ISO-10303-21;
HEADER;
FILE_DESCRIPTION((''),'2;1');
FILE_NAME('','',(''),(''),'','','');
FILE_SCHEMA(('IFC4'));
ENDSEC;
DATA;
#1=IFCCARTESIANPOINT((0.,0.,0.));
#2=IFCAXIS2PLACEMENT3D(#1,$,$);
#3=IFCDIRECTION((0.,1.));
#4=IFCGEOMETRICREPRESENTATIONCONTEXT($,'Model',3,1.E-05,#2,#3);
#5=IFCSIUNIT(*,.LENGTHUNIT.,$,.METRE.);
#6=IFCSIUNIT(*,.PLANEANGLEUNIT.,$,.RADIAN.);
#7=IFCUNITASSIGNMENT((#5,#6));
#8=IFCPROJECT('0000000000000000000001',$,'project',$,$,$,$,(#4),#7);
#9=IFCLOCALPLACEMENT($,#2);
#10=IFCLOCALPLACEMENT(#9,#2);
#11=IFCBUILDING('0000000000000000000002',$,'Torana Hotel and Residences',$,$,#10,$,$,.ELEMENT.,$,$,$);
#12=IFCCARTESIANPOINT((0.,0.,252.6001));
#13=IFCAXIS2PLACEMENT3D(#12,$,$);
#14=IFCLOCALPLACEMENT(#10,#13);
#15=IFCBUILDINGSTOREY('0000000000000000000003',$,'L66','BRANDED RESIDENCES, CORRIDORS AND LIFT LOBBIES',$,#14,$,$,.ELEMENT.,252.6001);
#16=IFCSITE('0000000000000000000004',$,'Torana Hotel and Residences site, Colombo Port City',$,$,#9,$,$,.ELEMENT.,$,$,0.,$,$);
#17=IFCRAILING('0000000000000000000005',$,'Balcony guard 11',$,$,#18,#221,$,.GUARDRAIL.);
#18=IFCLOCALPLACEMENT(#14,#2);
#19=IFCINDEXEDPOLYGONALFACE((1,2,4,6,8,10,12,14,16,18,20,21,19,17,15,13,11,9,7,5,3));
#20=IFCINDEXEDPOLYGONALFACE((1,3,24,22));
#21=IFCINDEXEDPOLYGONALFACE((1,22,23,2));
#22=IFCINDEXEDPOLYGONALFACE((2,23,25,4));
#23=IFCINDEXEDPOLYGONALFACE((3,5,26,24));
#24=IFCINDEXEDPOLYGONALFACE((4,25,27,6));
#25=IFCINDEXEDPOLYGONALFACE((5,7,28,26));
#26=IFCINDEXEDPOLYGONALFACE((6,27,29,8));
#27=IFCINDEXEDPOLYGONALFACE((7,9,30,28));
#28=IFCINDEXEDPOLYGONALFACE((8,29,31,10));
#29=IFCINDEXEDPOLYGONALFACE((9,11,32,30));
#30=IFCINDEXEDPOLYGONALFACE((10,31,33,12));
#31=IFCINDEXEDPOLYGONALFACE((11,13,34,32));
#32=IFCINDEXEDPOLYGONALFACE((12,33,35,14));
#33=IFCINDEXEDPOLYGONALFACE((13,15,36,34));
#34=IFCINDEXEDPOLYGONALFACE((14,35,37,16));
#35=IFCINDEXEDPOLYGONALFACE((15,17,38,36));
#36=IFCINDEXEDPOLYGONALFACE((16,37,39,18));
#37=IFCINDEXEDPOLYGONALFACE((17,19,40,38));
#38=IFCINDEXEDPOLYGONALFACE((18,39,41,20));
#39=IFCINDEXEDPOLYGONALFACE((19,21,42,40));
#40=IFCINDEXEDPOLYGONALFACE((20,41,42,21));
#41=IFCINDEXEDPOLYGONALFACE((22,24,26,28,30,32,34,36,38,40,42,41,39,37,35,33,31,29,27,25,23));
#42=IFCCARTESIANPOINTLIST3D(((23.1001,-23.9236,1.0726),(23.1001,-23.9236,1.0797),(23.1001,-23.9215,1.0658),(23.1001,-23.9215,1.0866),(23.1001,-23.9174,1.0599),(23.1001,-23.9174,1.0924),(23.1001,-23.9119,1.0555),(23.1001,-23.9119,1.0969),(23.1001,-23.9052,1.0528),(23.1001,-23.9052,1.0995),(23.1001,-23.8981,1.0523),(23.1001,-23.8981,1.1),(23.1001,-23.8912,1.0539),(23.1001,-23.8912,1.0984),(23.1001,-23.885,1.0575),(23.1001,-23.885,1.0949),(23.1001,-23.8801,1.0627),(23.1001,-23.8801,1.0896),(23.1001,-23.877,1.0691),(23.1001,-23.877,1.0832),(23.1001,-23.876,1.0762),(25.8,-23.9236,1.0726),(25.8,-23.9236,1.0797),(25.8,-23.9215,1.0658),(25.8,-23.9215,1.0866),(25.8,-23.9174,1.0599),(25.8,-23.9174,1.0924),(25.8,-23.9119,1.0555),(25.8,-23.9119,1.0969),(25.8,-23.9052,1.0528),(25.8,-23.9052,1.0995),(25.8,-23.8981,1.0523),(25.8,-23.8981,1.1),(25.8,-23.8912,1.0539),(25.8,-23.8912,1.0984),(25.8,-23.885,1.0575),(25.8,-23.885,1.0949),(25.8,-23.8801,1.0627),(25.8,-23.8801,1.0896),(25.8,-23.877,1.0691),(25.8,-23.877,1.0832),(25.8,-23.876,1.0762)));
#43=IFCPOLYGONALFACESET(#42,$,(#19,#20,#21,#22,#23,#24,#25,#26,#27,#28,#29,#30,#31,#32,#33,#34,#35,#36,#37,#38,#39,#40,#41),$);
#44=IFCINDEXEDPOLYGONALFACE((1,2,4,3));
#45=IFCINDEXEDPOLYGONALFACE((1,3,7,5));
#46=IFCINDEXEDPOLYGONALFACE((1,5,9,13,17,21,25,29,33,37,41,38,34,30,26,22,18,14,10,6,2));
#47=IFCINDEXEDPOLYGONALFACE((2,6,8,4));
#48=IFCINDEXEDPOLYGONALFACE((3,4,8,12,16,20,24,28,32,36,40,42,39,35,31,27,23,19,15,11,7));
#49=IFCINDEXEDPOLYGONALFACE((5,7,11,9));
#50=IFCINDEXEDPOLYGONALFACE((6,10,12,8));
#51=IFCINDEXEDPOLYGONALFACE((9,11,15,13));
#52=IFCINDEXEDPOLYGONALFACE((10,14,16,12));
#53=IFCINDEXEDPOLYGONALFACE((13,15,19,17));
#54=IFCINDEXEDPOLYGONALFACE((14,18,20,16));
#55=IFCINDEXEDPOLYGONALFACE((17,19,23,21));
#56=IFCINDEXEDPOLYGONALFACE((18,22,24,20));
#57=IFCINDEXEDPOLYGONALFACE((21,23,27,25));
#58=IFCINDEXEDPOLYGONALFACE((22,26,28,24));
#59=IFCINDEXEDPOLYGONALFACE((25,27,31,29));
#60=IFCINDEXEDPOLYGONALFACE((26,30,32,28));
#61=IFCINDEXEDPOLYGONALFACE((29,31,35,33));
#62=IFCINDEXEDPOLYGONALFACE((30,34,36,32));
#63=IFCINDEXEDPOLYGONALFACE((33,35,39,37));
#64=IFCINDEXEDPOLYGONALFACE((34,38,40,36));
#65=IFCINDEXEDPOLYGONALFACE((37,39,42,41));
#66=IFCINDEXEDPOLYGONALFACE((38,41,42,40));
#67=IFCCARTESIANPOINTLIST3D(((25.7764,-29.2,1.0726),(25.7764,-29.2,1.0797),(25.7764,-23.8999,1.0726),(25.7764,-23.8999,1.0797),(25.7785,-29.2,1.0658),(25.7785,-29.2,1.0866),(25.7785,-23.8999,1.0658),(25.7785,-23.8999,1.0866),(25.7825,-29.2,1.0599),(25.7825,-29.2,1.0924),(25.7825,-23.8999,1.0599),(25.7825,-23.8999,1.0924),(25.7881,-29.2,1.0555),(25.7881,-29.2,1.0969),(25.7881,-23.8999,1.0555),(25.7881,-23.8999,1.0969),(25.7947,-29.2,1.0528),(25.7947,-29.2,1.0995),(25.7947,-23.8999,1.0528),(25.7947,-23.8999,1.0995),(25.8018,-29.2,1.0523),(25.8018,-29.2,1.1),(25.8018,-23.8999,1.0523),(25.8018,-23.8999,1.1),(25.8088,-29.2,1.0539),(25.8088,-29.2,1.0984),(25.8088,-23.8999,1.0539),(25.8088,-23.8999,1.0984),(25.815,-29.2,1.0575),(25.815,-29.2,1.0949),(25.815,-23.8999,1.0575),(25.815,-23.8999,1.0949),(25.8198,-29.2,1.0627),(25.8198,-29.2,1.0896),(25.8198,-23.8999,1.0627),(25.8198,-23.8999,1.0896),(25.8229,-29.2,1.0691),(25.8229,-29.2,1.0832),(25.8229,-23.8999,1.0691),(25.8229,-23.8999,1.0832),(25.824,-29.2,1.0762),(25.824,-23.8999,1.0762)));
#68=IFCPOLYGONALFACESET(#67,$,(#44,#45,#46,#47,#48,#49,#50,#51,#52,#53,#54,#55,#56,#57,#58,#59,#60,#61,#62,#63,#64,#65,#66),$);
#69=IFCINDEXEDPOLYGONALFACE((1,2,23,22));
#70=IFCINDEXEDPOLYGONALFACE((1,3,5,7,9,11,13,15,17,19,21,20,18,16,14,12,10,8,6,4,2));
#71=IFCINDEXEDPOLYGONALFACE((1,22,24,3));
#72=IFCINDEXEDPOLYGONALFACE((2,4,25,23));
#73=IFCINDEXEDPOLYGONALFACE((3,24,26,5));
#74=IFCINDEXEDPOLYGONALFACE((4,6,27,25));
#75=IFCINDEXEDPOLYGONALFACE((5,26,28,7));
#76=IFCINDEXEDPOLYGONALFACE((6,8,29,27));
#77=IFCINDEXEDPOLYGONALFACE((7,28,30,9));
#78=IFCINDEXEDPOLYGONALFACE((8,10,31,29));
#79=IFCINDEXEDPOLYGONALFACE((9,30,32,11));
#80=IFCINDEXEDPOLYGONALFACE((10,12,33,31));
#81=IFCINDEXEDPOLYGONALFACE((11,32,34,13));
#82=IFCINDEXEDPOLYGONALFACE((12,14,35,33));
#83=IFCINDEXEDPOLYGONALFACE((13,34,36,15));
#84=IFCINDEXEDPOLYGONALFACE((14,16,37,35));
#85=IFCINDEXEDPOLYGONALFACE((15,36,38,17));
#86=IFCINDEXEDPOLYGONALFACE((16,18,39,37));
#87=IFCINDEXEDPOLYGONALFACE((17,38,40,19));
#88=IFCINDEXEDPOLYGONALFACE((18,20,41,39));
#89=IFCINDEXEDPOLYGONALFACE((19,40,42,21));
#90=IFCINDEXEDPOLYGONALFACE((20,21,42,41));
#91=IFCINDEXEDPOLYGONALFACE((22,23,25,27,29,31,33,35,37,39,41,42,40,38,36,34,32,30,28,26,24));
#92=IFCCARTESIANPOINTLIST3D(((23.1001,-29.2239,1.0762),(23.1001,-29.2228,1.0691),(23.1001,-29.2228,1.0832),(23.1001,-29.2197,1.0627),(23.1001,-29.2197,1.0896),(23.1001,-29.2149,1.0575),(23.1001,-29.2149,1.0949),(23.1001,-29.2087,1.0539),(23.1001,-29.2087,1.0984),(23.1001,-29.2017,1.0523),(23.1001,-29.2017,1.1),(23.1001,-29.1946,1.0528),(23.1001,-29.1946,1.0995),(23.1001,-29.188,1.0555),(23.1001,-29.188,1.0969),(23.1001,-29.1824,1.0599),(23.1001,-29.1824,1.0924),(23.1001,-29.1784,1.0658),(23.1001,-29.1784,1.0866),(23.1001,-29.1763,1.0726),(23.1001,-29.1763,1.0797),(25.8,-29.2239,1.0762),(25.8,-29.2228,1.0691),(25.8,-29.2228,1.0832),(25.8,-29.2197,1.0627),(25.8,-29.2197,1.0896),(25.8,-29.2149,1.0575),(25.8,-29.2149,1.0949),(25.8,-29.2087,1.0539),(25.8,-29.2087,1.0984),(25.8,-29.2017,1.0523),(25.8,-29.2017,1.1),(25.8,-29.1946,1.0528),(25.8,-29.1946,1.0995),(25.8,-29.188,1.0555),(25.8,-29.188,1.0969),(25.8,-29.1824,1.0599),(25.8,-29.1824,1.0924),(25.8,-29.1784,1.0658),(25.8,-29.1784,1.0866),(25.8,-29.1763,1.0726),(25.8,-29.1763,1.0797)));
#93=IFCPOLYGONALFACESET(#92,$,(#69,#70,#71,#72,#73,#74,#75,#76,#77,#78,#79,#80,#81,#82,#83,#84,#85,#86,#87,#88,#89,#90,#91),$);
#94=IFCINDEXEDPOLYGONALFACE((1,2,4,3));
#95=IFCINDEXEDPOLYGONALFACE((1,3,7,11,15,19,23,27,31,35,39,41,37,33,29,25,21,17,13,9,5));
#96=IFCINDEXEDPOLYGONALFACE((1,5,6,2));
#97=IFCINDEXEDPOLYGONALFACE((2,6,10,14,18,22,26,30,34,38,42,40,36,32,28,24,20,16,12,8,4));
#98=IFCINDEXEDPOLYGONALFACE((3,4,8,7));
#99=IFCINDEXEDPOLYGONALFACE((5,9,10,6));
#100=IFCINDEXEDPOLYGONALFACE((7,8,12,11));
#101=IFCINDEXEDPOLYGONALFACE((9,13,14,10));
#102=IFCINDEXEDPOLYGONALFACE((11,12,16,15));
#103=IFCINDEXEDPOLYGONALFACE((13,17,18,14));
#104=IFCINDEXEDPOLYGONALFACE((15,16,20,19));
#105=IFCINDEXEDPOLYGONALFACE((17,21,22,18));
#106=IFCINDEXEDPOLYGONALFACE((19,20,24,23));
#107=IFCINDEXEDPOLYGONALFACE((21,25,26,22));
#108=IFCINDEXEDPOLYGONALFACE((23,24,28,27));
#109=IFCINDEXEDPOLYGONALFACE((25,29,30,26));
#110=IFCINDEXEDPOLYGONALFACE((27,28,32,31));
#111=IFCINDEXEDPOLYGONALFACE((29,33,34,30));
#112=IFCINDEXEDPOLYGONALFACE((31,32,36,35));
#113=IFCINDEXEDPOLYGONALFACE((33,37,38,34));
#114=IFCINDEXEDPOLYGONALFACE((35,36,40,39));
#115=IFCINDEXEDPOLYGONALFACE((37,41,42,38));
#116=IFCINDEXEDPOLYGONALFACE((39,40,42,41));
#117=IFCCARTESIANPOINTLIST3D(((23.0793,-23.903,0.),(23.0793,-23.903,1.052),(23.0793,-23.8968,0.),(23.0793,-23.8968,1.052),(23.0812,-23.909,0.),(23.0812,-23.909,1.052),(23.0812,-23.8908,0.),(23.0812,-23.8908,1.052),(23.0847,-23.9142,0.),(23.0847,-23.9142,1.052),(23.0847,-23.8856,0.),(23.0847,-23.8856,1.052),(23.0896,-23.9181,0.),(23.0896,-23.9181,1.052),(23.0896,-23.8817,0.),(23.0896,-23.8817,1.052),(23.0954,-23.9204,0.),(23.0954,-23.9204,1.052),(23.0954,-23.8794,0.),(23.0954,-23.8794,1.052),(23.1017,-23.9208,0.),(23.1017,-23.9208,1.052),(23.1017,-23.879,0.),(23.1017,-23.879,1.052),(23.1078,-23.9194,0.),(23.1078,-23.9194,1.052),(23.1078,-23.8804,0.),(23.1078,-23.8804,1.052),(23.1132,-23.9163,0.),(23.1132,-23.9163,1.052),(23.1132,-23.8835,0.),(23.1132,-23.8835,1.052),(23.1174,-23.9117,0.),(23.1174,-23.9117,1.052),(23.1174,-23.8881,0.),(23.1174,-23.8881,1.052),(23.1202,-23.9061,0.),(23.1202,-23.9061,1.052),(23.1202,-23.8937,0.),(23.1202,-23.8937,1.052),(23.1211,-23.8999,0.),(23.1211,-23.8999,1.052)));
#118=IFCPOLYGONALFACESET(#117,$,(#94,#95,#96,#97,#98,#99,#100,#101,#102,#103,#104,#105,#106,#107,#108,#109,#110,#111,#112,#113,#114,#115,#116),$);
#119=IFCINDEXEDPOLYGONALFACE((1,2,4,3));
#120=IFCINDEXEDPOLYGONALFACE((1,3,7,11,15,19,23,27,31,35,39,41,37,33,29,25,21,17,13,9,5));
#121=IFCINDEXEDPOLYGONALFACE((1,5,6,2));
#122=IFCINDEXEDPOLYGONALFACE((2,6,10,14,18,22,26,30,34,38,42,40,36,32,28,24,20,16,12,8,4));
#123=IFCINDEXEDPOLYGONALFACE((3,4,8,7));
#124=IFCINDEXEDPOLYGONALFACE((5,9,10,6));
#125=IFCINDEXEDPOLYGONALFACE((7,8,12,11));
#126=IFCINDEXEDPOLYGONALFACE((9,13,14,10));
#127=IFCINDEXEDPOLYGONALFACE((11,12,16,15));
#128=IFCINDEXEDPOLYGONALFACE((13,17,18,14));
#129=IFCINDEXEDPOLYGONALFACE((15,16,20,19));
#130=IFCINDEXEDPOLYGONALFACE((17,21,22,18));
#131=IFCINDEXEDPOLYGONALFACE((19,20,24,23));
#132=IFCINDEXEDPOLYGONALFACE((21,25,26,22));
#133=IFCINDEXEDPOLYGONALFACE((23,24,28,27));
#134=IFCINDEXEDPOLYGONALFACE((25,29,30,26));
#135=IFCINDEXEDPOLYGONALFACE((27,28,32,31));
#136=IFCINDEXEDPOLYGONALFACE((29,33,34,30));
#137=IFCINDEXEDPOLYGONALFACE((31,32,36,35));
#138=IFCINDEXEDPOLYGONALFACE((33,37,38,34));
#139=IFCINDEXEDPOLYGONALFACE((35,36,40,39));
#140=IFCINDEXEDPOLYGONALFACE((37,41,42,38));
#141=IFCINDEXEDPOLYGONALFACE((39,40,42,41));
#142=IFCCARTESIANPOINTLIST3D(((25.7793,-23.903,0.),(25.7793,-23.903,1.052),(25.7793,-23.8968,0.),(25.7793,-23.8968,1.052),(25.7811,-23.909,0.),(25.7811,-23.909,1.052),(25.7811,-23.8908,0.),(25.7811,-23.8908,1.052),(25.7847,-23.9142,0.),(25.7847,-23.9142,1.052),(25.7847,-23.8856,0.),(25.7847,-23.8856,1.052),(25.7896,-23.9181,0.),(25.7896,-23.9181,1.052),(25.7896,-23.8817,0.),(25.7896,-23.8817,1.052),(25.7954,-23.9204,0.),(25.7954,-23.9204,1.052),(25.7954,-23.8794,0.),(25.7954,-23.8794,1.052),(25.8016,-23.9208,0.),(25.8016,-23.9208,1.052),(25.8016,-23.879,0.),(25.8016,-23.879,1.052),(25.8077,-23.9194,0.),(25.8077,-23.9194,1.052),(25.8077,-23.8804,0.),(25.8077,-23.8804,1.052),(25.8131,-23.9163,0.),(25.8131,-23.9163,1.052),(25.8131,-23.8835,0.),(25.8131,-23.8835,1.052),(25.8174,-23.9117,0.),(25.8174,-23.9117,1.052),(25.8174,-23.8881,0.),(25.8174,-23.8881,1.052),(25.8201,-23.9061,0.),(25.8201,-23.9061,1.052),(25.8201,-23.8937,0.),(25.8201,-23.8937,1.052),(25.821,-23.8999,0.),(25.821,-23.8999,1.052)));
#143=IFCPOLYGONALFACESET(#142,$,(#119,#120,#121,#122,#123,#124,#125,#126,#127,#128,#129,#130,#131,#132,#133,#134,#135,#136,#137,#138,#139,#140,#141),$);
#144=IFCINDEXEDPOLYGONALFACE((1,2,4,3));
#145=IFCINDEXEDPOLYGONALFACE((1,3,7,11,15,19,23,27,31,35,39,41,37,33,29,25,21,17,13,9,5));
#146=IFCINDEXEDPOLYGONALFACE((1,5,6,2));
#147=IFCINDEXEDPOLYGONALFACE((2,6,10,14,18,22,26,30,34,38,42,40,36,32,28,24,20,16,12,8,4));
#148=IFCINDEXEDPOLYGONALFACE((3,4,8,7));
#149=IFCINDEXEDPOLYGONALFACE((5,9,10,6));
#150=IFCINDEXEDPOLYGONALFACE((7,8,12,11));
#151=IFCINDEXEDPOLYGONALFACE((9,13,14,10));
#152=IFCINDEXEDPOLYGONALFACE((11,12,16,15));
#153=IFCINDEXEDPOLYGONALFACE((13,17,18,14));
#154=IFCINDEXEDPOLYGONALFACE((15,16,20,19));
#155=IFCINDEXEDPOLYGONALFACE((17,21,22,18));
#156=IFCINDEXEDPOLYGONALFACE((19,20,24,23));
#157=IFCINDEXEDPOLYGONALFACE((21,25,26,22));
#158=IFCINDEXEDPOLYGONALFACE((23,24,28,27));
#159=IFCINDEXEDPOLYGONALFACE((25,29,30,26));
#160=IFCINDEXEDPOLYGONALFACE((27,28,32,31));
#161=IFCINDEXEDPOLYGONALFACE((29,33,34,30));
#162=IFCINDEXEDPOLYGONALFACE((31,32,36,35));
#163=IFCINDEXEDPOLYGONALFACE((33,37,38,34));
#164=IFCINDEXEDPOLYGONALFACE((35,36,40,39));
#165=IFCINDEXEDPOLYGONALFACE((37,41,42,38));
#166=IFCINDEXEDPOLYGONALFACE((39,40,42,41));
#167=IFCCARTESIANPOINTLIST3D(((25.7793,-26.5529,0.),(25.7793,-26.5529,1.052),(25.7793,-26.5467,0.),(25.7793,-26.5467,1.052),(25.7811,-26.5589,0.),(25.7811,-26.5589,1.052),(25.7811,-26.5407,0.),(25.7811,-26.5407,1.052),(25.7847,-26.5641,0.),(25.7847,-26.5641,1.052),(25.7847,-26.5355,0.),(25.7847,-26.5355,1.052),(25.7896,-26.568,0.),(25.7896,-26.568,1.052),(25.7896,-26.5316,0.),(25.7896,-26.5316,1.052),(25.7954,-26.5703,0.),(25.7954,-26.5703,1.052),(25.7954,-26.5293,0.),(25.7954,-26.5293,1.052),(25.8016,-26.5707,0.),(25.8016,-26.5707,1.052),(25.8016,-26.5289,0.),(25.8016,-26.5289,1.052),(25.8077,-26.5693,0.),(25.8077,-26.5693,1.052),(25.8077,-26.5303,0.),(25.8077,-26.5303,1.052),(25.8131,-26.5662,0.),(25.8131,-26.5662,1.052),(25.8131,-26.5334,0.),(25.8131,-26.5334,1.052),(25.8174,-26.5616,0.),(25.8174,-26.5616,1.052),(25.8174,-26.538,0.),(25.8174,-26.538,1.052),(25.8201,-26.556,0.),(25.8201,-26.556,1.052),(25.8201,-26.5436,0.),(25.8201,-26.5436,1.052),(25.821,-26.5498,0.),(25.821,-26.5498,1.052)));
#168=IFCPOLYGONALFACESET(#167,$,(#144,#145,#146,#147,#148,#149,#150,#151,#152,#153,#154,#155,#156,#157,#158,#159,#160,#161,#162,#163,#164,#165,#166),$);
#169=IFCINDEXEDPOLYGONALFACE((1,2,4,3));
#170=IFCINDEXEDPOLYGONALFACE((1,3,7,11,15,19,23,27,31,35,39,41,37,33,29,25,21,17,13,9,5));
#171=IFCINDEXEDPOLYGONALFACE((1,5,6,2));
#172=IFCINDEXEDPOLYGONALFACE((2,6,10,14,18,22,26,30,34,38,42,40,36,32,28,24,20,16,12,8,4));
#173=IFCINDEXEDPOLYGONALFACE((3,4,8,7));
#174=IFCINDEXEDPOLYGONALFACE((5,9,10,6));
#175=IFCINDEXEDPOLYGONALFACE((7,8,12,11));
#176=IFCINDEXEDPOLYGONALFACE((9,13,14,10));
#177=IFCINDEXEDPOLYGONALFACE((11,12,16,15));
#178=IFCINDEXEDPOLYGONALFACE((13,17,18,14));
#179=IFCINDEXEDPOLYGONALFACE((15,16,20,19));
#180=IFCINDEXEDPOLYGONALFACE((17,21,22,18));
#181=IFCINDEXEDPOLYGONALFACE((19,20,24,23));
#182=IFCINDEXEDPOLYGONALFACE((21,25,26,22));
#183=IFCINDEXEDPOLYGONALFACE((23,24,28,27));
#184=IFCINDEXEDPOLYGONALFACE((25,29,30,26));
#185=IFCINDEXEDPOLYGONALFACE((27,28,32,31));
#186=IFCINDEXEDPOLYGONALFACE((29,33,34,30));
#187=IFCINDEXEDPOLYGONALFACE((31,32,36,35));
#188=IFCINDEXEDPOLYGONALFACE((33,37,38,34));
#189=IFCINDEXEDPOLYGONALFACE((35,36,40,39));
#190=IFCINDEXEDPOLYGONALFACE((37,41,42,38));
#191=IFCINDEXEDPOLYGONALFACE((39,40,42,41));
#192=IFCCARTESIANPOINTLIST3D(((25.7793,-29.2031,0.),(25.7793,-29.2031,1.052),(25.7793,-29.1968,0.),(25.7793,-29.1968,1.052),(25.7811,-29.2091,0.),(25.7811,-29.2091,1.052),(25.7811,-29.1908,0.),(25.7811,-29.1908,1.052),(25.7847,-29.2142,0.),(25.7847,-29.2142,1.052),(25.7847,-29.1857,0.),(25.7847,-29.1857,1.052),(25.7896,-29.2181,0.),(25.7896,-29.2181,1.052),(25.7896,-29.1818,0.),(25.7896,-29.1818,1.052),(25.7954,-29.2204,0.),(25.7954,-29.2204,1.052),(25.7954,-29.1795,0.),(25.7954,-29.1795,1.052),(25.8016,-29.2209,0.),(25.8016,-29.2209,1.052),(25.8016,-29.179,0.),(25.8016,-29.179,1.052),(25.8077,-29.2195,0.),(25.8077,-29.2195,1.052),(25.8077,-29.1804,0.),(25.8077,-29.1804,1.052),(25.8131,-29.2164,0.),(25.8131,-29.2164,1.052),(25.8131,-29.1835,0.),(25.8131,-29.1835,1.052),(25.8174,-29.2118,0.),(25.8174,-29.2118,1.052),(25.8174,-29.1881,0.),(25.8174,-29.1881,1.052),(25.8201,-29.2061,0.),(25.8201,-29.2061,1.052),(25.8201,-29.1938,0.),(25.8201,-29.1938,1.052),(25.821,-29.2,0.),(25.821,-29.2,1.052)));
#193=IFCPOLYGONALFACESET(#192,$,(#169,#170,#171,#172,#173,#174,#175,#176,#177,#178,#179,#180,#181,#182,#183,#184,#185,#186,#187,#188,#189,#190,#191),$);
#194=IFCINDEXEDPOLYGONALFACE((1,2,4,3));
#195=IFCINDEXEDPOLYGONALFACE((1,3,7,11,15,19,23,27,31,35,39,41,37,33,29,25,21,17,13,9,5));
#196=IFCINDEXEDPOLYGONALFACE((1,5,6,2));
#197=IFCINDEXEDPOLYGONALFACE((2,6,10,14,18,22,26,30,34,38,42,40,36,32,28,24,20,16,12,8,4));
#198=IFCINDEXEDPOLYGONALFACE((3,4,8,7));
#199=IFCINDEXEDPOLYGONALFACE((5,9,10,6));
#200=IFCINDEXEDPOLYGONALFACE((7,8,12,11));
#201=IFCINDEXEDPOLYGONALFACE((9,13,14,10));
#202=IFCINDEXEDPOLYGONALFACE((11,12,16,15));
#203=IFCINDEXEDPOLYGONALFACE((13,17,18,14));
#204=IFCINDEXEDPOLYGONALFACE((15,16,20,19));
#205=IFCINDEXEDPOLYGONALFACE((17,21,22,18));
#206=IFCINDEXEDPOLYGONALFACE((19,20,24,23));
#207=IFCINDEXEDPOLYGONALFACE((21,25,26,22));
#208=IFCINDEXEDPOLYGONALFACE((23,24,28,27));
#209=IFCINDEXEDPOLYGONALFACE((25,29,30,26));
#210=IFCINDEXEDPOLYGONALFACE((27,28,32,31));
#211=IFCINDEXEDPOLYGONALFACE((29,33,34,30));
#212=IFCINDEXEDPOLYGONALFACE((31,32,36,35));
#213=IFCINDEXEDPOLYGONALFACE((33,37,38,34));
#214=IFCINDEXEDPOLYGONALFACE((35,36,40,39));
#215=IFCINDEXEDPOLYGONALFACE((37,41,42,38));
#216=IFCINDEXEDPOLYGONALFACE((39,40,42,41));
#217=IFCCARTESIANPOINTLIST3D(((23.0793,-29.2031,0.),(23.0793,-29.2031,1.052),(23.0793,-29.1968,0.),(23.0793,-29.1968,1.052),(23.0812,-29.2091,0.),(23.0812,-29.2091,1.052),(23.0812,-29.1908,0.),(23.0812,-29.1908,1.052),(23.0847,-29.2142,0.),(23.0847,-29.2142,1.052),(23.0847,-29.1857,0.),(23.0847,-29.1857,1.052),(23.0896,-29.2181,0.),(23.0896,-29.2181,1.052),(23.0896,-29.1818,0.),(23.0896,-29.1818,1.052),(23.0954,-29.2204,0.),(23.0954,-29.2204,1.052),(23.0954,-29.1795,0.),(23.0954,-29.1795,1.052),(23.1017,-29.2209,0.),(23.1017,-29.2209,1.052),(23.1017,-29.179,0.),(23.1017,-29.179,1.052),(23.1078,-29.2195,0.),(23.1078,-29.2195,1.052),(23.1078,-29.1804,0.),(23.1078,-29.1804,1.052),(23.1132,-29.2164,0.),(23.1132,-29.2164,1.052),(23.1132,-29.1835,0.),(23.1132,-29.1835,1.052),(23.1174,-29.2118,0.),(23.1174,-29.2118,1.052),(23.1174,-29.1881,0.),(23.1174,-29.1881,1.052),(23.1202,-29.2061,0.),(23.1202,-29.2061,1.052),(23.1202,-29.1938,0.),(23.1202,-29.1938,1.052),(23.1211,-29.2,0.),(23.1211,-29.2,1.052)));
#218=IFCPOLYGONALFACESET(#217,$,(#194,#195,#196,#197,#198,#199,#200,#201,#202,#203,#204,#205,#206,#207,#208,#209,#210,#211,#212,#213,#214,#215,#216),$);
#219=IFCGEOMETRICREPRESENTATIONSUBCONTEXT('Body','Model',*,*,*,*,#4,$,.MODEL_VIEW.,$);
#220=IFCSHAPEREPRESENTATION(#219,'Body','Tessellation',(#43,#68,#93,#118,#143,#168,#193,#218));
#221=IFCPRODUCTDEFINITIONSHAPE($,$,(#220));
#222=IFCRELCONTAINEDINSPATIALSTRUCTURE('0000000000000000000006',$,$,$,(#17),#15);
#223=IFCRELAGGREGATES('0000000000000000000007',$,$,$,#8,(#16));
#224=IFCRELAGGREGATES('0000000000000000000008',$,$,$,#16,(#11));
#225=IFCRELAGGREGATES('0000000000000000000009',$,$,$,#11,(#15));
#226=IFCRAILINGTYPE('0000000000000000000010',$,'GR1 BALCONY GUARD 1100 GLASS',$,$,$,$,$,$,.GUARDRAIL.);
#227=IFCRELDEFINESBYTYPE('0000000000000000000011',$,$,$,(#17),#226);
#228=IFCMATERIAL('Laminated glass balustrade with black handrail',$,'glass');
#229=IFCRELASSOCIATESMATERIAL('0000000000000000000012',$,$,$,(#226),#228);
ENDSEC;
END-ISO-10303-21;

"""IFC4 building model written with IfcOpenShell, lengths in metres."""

from ifc_helpers import new_model, si_unit, direction, frame, origin, origin_2d, place, context, subcontext, project, spatial, circle, extrude, material, type_object, element, save


model = new_model("IFC4")

# Units and contexts
model_context = context("Model", 3, precision=1e-05, world=origin(), true_north=direction((0.0, 1.0)))
body_context = subcontext(model_context, "Body", "Model", "MODEL_VIEW")
ifc_project = project(units=[si_unit("LENGTHUNIT", "METRE"), si_unit("PLANEANGLEUNIT", "RADIAN")], contexts=[model_context])

# Site, building, storey
site_placement = place(None, origin())
site = spatial("IfcSite", under=ifc_project, at=site_placement, Name="Torana Hotel and Residences site, Colombo Port City", CompositionType="ELEMENT", RefElevation=0.0)
building_placement = place(site_placement, origin())
building = spatial("IfcBuilding", under=site, at=building_placement, Name="Torana Hotel and Residences", CompositionType="ELEMENT")
storey_placement = place(building_placement, frame((0.0, 0.0, 252.6001)))
storey = spatial("IfcBuildingStorey", under=building, at=storey_placement, Name="L66", Description="BRANDED RESIDENCES, CORRIDORS AND LIFT LOBBIES", CompositionType="ELEMENT", Elevation=252.6001)

# Railing
ifc_material_1 = material(Name="Laminated glass balustrade with black handrail", Category="glass")
railing_type = type_object("IfcRailingType", Name="GR1 BALCONY GUARD 1100 GLASS", PredefinedType="GUARDRAIL", material=ifc_material_1)
railing_1_placement = place(storey_placement, frame((23.1001, -23.8999, 0.0)))
element("IfcRailing", 1, at=railing_1_placement, inside=storey, type_object=railing_type, Name="Balcony guard 11", PredefinedType="GUARDRAIL", context=body_context, shape_type="SweptSolid", body=[
    extrude(circle(Radius=0.0239, at=origin_2d()), frame((0.0, 0.0, 1.0762), z_axis=(1.0, 0.0, 0.0), x_axis=(0.0, 1.0, 0.0)), (0.0, 0.0, 1.0), 2.7),
    extrude(circle(Radius=0.0239, at=origin_2d()), frame((2.7, 0.0, 1.0762), z_axis=(0.0, -1.0, 0.0), x_axis=(1.0, 0.0, 0.0)), (0.0, 0.0, 1.0), 5.3),
    extrude(circle(Radius=0.0239, at=origin_2d()), frame((2.7, -5.3, 1.0762), z_axis=(-1.0, 0.0, 0.0), x_axis=(0.0, -1.0, 0.0)), (0.0, 0.0, 1.0), 2.7),
    extrude(circle(Radius=0.021, at=origin_2d()), origin(), (0.0, 0.0, 1.0), 1.052),
    extrude(circle(Radius=0.021, at=origin_2d()), frame((2.7, 0.0, 0.0)), (0.0, 0.0, 1.0), 1.052),
    extrude(circle(Radius=0.021, at=origin_2d()), frame((2.7, -2.6499, 0.0)), (0.0, 0.0, 1.0), 1.052),
    extrude(circle(Radius=0.021, at=origin_2d()), frame((2.7, -5.3, 0.0)), (0.0, 0.0, 1.0), 1.052),
    extrude(circle(Radius=0.021, at=origin_2d()), frame((0.0, -5.3, 0.0)), (0.0, 0.0, 1.0), 1.052),
])

save(model, "model.ifc")
